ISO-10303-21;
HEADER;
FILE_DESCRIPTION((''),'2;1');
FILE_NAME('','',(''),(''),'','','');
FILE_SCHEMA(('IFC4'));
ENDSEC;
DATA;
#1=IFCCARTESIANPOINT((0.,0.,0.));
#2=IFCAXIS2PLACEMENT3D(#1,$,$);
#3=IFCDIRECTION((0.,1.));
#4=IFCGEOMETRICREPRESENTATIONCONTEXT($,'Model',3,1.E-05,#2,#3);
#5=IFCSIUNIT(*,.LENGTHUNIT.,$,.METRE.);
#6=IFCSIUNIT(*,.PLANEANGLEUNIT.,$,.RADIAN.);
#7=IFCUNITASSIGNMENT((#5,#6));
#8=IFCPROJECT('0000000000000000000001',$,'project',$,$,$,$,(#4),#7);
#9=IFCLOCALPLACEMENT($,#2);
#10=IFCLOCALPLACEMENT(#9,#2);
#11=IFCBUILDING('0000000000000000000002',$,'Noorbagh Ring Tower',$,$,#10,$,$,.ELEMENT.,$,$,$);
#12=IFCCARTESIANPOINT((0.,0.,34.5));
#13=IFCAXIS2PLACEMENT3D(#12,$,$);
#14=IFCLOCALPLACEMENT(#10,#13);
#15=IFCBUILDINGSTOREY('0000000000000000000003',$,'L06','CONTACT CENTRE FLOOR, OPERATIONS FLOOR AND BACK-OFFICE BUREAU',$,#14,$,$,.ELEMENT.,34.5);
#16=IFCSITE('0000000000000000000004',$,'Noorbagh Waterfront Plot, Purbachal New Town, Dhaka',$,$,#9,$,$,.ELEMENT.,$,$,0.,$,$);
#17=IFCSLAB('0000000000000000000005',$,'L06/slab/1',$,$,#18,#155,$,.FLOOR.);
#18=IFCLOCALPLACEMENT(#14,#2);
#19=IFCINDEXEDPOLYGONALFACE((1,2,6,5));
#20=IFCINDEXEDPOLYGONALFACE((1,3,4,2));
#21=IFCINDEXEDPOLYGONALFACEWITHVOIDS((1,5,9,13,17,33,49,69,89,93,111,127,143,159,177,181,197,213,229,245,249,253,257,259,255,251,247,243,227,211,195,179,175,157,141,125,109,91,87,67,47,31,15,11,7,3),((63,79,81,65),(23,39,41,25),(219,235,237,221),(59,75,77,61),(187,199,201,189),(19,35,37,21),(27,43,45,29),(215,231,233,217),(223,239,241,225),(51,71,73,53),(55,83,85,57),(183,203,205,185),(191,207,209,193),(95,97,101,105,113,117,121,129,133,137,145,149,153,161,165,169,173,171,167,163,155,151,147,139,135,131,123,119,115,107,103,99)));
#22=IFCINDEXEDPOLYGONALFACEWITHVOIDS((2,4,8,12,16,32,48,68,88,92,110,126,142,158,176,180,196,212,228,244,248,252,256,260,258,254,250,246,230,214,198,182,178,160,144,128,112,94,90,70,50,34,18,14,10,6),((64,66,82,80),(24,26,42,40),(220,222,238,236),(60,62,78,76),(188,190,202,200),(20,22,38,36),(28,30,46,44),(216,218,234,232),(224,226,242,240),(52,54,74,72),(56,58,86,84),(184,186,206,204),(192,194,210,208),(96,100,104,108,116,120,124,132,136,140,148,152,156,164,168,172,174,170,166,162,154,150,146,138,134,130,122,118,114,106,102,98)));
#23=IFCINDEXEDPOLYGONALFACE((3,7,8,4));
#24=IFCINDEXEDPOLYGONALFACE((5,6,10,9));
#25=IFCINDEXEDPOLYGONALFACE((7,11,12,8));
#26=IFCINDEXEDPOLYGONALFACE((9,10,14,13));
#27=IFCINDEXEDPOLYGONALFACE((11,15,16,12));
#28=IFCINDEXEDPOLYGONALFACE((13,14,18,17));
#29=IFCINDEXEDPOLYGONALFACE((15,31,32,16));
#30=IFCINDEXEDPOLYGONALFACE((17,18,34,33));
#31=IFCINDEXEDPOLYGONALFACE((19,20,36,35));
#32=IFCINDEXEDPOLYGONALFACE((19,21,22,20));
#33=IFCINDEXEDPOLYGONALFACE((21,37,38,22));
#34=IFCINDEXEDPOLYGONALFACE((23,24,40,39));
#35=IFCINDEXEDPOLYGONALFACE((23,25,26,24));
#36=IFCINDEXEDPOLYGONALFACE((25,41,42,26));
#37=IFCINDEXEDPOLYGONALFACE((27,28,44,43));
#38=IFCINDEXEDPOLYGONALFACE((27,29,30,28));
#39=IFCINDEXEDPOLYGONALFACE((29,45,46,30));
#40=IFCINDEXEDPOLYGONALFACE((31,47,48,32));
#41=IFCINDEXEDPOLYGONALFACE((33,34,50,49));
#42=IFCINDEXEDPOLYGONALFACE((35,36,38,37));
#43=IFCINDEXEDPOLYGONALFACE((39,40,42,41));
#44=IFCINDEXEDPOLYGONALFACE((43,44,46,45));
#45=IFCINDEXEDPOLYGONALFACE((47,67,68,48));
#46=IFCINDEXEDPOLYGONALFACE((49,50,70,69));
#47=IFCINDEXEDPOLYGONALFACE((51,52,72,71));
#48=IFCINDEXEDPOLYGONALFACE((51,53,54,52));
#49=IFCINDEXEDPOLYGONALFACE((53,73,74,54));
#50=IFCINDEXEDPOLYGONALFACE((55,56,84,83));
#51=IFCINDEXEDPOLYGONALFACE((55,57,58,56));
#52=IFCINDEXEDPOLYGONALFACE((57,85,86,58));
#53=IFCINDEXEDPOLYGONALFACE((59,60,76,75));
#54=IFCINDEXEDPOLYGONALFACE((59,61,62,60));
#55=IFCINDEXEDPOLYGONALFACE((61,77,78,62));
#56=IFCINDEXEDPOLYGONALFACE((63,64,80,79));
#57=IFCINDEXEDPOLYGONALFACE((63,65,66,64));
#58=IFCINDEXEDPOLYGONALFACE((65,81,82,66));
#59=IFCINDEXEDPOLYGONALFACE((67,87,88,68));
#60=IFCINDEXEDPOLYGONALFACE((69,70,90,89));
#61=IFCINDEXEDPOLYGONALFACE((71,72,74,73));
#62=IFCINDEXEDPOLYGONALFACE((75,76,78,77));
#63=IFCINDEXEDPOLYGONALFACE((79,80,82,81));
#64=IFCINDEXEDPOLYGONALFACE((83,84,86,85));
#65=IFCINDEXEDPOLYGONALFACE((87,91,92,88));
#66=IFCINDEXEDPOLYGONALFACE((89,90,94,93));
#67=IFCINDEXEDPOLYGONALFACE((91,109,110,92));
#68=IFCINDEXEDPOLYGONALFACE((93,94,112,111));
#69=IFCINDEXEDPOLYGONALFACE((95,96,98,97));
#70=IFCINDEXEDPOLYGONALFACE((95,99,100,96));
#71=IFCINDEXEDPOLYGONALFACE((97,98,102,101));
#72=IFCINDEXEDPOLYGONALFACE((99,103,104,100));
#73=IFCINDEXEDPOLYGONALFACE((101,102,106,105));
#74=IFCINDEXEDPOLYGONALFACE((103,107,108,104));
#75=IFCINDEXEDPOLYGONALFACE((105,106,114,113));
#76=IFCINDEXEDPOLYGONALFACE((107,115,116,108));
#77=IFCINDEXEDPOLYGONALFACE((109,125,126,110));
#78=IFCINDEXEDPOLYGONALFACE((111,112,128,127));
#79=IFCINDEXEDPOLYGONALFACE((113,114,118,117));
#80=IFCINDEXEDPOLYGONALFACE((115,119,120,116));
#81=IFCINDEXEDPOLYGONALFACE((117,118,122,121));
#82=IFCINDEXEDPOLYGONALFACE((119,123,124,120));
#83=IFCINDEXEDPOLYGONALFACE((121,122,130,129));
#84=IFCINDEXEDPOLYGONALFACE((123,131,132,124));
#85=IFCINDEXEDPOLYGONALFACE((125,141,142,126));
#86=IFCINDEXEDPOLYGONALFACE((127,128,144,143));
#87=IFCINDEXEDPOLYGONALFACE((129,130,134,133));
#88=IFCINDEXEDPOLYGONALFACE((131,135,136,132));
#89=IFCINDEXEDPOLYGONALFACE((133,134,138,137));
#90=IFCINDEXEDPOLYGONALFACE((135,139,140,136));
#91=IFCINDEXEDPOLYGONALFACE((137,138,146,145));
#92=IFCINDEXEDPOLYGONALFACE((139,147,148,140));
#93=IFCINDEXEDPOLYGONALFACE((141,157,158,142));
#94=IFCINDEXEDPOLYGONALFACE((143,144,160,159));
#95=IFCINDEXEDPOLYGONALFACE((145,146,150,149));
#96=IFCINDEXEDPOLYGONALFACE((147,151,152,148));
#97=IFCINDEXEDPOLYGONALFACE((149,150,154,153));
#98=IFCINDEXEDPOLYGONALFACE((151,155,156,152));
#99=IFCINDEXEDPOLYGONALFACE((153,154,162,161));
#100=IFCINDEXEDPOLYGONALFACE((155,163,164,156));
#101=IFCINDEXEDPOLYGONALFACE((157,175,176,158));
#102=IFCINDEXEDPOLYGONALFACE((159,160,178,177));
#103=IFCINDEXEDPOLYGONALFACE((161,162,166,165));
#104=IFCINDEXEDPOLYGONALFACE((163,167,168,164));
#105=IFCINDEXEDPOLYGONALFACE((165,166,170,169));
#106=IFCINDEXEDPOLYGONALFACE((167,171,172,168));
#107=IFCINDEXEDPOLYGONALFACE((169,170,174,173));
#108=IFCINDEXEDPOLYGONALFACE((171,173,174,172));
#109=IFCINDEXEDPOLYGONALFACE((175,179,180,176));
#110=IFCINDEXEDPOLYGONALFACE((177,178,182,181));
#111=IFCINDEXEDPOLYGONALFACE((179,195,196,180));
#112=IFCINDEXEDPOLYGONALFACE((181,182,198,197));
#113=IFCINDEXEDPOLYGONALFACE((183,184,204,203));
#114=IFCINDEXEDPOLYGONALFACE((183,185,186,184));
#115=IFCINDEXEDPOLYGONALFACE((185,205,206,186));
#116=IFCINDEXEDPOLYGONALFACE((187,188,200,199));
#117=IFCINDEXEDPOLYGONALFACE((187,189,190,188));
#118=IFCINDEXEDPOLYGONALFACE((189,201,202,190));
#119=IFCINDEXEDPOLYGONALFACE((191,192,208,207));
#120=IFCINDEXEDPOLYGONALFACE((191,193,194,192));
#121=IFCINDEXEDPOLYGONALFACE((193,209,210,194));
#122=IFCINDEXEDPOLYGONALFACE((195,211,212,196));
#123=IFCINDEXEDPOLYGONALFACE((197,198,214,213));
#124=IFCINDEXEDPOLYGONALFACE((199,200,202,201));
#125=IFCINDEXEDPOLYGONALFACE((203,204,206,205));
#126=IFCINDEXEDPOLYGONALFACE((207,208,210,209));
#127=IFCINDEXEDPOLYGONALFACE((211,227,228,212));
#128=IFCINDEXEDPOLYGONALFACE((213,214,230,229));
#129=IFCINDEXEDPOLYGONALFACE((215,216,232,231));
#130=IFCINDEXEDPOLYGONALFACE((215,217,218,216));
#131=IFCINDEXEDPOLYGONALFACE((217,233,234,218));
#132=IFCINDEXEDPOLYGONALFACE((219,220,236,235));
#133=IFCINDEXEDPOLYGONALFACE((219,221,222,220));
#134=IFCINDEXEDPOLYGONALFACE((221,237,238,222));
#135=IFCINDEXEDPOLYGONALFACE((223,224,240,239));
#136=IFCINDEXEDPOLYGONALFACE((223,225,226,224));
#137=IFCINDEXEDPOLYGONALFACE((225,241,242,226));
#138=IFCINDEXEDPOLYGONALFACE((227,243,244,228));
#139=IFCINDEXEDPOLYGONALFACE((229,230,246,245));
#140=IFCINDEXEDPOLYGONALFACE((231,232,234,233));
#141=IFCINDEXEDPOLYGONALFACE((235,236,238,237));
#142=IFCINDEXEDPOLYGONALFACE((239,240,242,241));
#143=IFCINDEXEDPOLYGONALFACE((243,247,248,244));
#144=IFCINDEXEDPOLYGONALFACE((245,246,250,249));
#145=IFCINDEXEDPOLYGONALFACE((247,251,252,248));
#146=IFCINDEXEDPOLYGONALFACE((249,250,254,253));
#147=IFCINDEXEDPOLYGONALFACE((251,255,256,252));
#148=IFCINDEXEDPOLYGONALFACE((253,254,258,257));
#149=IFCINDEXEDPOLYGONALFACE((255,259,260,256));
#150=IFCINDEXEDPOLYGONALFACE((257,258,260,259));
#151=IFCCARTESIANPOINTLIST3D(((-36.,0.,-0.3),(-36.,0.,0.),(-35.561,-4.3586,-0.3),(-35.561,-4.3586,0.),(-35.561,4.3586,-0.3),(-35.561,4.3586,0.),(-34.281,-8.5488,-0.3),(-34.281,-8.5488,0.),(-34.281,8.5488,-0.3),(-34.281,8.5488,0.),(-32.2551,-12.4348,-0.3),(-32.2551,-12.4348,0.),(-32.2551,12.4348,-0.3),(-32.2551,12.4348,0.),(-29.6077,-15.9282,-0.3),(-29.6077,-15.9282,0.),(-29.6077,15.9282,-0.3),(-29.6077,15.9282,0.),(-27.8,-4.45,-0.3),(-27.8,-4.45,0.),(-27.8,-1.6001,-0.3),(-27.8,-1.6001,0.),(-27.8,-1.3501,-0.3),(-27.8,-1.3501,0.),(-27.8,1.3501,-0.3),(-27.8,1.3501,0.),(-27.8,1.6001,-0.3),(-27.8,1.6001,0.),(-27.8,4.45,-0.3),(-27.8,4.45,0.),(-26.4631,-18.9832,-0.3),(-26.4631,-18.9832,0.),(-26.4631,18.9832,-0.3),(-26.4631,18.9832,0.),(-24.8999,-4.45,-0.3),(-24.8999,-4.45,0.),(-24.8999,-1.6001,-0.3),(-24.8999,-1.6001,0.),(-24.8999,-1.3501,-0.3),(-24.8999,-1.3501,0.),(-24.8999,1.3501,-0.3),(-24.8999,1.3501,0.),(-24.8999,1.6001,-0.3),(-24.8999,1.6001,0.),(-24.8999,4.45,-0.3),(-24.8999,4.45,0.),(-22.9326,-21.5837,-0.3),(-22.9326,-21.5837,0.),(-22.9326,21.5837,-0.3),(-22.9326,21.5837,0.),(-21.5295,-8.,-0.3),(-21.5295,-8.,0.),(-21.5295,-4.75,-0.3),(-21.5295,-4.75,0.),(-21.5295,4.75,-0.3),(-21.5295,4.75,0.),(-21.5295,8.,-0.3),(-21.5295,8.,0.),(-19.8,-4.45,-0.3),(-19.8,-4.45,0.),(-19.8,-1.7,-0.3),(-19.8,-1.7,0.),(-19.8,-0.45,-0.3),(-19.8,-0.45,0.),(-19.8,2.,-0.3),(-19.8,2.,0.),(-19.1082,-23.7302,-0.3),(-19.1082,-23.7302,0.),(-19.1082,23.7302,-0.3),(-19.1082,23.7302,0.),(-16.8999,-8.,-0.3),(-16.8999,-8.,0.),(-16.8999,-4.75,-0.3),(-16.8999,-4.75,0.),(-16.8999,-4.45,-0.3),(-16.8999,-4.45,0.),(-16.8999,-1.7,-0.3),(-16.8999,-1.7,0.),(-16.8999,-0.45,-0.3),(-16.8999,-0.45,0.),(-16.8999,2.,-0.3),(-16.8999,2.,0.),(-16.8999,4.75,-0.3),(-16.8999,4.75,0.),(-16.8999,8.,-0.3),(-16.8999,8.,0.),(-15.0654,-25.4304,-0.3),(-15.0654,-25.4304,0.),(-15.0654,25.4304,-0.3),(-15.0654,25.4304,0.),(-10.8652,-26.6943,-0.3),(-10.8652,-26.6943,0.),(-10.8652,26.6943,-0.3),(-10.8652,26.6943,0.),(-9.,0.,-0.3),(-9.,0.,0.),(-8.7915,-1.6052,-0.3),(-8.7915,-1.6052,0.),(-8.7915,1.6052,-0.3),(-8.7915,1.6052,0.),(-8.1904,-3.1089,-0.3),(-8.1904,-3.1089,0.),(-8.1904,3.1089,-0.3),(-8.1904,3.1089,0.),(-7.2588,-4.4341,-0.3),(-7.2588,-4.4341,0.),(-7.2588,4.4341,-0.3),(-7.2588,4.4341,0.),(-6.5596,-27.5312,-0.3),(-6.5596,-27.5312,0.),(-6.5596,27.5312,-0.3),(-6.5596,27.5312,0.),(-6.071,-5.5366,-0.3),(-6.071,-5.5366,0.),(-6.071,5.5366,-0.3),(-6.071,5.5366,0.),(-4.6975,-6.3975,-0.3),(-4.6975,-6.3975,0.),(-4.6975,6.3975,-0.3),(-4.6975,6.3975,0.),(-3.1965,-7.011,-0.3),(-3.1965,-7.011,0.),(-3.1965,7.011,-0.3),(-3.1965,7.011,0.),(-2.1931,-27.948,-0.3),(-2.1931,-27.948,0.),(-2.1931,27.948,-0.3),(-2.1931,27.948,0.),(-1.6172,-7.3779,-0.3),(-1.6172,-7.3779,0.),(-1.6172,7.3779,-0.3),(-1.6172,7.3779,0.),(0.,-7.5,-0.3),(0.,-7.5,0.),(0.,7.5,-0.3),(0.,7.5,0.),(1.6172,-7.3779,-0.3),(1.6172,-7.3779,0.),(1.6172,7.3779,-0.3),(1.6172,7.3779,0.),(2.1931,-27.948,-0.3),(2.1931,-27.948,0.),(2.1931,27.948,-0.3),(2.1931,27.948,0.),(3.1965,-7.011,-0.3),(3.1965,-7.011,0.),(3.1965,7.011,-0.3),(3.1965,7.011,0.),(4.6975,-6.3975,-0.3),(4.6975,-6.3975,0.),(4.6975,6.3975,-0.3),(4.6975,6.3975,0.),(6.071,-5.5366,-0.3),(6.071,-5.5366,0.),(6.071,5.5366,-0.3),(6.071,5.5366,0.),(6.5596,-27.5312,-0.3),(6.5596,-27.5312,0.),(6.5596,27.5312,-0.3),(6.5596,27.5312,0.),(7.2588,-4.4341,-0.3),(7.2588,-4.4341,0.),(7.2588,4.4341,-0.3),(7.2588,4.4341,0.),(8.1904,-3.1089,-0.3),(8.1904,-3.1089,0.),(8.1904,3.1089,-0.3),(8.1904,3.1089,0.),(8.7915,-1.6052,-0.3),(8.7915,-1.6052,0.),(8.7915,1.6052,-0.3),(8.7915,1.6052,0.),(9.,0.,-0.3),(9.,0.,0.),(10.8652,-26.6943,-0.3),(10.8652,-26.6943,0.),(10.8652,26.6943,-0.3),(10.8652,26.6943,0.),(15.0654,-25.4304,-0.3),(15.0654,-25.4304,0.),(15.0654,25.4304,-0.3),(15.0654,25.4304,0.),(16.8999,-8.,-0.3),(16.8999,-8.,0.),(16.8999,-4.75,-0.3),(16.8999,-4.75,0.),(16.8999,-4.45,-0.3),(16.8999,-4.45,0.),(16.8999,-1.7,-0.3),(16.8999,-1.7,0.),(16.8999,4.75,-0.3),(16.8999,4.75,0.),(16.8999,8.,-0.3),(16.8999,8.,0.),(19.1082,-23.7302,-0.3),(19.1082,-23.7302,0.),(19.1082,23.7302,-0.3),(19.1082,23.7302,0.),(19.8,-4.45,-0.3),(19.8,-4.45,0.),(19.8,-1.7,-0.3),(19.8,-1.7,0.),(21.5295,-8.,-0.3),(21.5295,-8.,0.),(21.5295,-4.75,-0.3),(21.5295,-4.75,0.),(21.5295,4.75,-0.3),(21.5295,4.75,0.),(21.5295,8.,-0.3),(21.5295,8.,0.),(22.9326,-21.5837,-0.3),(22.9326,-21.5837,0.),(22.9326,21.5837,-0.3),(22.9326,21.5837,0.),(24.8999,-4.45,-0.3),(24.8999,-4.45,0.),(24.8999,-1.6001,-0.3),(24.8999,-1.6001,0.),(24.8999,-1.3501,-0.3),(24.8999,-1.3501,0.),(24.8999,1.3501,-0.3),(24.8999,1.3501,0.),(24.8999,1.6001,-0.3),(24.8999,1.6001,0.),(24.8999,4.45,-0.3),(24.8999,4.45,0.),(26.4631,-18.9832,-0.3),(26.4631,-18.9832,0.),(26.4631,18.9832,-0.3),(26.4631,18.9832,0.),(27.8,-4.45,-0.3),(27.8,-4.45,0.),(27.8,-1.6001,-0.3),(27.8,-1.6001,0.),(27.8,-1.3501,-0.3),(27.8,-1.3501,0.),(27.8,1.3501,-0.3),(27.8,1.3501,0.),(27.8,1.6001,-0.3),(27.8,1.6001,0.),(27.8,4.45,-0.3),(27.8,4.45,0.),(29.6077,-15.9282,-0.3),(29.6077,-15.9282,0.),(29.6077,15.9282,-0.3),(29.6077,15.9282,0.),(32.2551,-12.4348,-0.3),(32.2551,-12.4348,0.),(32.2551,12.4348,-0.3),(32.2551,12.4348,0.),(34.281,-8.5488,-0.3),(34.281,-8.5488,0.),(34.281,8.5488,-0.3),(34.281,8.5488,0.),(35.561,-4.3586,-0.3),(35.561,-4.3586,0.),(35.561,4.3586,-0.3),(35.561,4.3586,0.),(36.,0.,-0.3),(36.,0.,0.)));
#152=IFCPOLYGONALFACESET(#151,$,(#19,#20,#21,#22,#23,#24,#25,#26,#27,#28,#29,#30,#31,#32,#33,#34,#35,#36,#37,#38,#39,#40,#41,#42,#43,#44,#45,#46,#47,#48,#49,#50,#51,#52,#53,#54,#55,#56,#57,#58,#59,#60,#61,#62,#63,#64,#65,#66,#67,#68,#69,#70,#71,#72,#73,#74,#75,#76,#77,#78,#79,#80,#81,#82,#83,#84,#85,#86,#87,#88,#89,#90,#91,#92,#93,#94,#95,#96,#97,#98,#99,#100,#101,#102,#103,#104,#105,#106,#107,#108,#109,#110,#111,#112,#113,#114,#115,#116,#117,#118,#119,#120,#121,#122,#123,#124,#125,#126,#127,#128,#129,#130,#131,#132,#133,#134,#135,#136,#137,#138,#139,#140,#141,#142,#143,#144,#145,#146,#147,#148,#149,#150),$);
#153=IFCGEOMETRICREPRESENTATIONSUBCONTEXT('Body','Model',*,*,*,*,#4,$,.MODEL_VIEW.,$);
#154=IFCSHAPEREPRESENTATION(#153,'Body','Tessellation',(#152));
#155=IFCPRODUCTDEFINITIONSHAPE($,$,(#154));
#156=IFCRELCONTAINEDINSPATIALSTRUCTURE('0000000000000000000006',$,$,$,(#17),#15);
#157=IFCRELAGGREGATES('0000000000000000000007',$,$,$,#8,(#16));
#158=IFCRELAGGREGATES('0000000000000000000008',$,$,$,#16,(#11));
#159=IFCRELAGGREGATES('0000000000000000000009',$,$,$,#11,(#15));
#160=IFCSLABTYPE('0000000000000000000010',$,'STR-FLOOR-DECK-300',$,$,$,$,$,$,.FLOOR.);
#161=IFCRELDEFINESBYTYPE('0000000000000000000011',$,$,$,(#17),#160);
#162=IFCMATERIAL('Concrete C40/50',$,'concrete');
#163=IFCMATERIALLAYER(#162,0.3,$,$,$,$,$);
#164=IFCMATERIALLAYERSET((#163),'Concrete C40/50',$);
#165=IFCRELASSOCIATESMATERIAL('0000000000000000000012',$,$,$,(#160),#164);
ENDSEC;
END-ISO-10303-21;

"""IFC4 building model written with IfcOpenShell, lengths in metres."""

from ifc_helpers import new_model, si_unit, direction, frame, origin, place, context, subcontext, project, spatial, polyline, outline, extrude, material, layer, layer_set, type_object, element, save


model = new_model("IFC4")

# Units and contexts
model_context = context("Model", 3, precision=1e-05, world=origin(), true_north=direction((0.0, 1.0)))
body_context = subcontext(model_context, "Body", "Model", "MODEL_VIEW")
ifc_project = project(units=[si_unit("LENGTHUNIT", "METRE"), si_unit("PLANEANGLEUNIT", "RADIAN")], contexts=[model_context])

# Site, building, storey
site_placement = place(None, origin())
site = spatial("IfcSite", under=ifc_project, at=site_placement, Name="Noorbagh Waterfront Plot, Purbachal New Town, Dhaka", CompositionType="ELEMENT", RefElevation=0.0)
building_placement = place(site_placement, origin())
building = spatial("IfcBuilding", under=site, at=building_placement, Name="Noorbagh Ring Tower", CompositionType="ELEMENT")
storey_placement = place(building_placement, frame((0.0, 0.0, 34.5)))
storey = spatial("IfcBuildingStorey", under=building, at=storey_placement, Name="L06", Description="CONTACT CENTRE FLOOR, OPERATIONS FLOOR AND BACK-OFFICE BUREAU", CompositionType="ELEMENT", Elevation=34.5)

# Slab
ifc_material_1 = material(Name="Concrete C40/50", Category="concrete")
ifc_layer_1 = layer(ifc_material_1, 0.3)
ifc_layer_set_1 = layer_set([ifc_layer_1], Name="Concrete C40/50")
slab_type = type_object("IfcSlabType", Name="STR-FLOOR-DECK-300", PredefinedType="FLOOR", material=ifc_layer_set_1)
slab_placement = place(storey_placement, frame((0.0, 0.0, -0.3)))
element("IfcSlab", 1, at=slab_placement, inside=storey, type_object=slab_type, Name="L06/slab/1", PredefinedType="FLOOR", context=body_context, shape_type="SweptSolid", body=[
    extrude(outline(polyline([(36.0, 0.0), (35.561, 4.3586), (34.281, 8.5488), (32.2551, 12.4348), (29.6077, 15.9282), (26.4631, 18.9832), (22.9326, 21.5837), (19.1082, 23.7302), (15.0654, 25.4304), (10.8652, 26.6943), (6.5596, 27.5312), (2.1931, 27.948), (-2.1931, 27.948), (-6.5596, 27.5312), (-10.8652, 26.6943), (-15.0654, 25.4304), (-19.1082, 23.7302), (-22.9326, 21.5837), (-26.4631, 18.9832), (-29.6077, 15.9282), (-32.2551, 12.4348), (-34.281, 8.5488), (-35.561, 4.3586), (-36.0, 0.0), (-35.561, -4.3586), (-34.281, -8.5488), (-32.2551, -12.4348), (-29.6077, -15.9282), (-26.4631, -18.9832), (-22.9326, -21.5837), (-19.1082, -23.7302), (-15.0654, -25.4304), (-10.8652, -26.6943), (-6.5596, -27.5312), (-2.1931, -27.948), (2.1931, -27.948), (6.5596, -27.5312), (10.8652, -26.6943), (15.0654, -25.4304), (19.1082, -23.7302), (22.9326, -21.5837), (26.4631, -18.9832), (29.6077, -15.9282), (32.2551, -12.4348), (34.281, -8.5488), (35.561, -4.3586), (36.0, 0.0)]), holes=[polyline([(24.8999, -1.6001), (27.8, -1.6001), (27.8, -4.45), (24.8999, -4.45), (24.8999, -1.6001)]), polyline([(24.8999, 1.3501), (27.8, 1.3501), (27.8, -1.3501), (24.8999, -1.3501), (24.8999, 1.3501)]), polyline([(24.8999, 4.45), (27.8, 4.45), (27.8, 1.6001), (24.8999, 1.6001), (24.8999, 4.45)]), polyline([(21.5295, -4.75), (21.5295, -8.0), (16.8999, -8.0), (16.8999, -4.75), (21.5295, -4.75)]), polyline([(21.5295, 4.75), (16.8999, 4.75), (16.8999, 8.0), (21.5295, 8.0), (21.5295, 4.75)]), polyline([(16.8999, -1.7), (19.8, -1.7), (19.8, -4.45), (16.8999, -4.45), (16.8999, -1.7)]), polyline([(4.6975, -6.3975), (3.1965, -7.011), (1.6172, -7.3779), (0.0, -7.5), (-1.6172, -7.3779), (-3.1965, -7.011), (-4.6975, -6.3975), (-6.071, -5.5366), (-7.2588, -4.4341), (-8.1904, -3.1089), (-8.7915, -1.6052), (-9.0, 0.0), (-8.7915, 1.6052), (-8.1904, 3.1089), (-7.2588, 4.4341), (-6.071, 5.5366), (-4.6975, 6.3975), (-3.1965, 7.011), (-1.6172, 7.3779), (0.0, 7.5), (1.6172, 7.3779), (3.1965, 7.011), (4.6975, 6.3975), (6.071, 5.5366), (7.2588, 4.4341), (8.1904, 3.1089), (8.7915, 1.6052), (9.0, 0.0), (8.7915, -1.6052), (8.1904, -3.1089), (7.2588, -4.4341), (6.071, -5.5366), (4.6975, -6.3975)]), polyline([(-21.5295, -8.0), (-21.5295, -4.75), (-16.8999, -4.75), (-16.8999, -8.0), (-21.5295, -8.0)]), polyline([(-21.5295, 8.0), (-16.8999, 8.0), (-16.8999, 4.75), (-21.5295, 4.75), (-21.5295, 8.0)]), polyline([(-16.8999, -4.45), (-19.8, -4.45), (-19.8, -1.7), (-16.8999, -1.7), (-16.8999, -4.45)]), polyline([(-16.8999, -0.45), (-19.8, -0.45), (-19.8, 2.0), (-16.8999, 2.0), (-16.8999, -0.45)]), polyline([(-24.8999, -4.45), (-27.8, -4.45), (-27.8, -1.6001), (-24.8999, -1.6001), (-24.8999, -4.45)]), polyline([(-24.8999, -1.3501), (-27.8, -1.3501), (-27.8, 1.3501), (-24.8999, 1.3501), (-24.8999, -1.3501)]), polyline([(-24.8999, 1.6001), (-27.8, 1.6001), (-27.8, 4.45), (-24.8999, 4.45), (-24.8999, 1.6001)])]), origin(), (0.0, 0.0, 1.0), 0.3),
])

save(model, "model.ifc")
